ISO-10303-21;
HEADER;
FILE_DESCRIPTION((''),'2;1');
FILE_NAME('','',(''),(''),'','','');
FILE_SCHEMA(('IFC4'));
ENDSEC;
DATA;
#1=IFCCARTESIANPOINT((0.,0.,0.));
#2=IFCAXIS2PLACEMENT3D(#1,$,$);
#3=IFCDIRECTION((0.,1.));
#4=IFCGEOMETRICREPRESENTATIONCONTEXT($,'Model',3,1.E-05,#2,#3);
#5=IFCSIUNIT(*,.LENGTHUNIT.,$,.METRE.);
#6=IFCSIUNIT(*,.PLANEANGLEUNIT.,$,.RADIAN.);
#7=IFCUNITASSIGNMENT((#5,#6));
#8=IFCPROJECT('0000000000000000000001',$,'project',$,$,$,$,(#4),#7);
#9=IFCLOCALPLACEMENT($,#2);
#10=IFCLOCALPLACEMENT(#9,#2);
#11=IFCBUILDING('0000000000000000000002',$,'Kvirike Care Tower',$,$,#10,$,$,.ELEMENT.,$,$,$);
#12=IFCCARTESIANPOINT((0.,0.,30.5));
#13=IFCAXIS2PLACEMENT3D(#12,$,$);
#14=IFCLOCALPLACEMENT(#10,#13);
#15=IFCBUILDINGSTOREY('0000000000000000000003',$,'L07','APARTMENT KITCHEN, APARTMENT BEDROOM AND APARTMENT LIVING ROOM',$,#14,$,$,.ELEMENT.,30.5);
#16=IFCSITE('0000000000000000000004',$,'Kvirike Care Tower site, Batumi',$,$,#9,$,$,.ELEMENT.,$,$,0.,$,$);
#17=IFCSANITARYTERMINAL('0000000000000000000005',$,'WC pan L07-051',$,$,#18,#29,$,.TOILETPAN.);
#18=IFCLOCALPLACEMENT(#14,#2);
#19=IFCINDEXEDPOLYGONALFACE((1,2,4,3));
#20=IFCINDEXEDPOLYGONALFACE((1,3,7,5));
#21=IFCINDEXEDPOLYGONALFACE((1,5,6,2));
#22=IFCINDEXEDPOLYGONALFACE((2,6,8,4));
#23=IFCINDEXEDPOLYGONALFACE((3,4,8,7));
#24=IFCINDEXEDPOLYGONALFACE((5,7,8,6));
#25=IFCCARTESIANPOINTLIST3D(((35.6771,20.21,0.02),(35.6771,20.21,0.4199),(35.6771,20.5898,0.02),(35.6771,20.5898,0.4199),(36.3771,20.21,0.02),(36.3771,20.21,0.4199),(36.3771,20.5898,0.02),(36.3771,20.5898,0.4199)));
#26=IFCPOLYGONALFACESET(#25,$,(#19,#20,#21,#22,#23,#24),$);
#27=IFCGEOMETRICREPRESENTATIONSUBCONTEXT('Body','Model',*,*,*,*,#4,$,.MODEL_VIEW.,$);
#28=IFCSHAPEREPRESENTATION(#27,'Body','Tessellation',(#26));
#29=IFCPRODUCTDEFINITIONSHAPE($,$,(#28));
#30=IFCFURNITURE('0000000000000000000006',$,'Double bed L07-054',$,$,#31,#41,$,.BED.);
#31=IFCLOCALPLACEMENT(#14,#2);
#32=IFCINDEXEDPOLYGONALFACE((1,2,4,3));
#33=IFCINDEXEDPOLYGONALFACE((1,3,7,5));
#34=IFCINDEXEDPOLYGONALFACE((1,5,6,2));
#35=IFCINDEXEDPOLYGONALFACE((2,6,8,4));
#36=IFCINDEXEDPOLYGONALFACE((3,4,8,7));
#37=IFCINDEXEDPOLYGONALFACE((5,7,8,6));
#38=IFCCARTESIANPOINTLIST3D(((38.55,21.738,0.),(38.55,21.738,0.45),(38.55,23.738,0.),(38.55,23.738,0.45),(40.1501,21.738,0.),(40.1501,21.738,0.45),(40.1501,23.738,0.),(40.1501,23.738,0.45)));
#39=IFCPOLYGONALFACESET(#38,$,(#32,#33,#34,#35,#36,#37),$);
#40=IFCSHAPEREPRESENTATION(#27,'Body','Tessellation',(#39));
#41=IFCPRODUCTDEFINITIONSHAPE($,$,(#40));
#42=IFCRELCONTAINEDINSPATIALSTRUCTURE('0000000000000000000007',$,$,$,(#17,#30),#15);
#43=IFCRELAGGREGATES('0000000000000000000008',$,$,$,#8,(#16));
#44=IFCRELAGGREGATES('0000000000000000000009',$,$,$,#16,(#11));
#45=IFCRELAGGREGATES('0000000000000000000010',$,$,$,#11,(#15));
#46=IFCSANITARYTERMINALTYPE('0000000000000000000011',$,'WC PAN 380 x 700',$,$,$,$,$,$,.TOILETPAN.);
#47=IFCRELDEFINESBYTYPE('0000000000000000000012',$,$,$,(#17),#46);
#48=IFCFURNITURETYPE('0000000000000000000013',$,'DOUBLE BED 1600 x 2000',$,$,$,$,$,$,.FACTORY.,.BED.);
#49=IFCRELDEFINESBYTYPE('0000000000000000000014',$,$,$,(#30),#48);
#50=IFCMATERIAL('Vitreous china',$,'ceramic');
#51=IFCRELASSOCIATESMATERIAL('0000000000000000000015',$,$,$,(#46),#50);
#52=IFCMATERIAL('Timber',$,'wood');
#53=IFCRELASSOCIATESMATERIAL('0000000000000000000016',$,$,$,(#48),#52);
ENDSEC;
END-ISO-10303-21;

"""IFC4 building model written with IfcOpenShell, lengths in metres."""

from ifc_helpers import new_model, si_unit, direction, frame, origin, origin_2d, place, context, subcontext, project, spatial, rectangle, extrude, material, type_object, element, save


model = new_model("IFC4")

# Units and contexts
model_context = context("Model", 3, precision=1e-05, world=origin(), true_north=direction((0.0, 1.0)))
body_context = subcontext(model_context, "Body", "Model", "MODEL_VIEW")
ifc_project = project(units=[si_unit("LENGTHUNIT", "METRE"), si_unit("PLANEANGLEUNIT", "RADIAN")], contexts=[model_context])

# Site, building, storey
site_placement = place(None, origin())
site = spatial("IfcSite", under=ifc_project, at=site_placement, Name="Kvirike Care Tower site, Batumi", CompositionType="ELEMENT", RefElevation=0.0)
building_placement = place(site_placement, origin())
building = spatial("IfcBuilding", under=site, at=building_placement, Name="Kvirike Care Tower", CompositionType="ELEMENT")
storey_placement = place(building_placement, frame((0.0, 0.0, 30.5)))
storey = spatial("IfcBuildingStorey", under=building, at=storey_placement, Name="L07", Description="APARTMENT KITCHEN, APARTMENT BEDROOM AND APARTMENT LIVING ROOM", CompositionType="ELEMENT", Elevation=30.5)

# Sanitary terminal
ifc_material_1 = material(Name="Vitreous china", Category="ceramic")
sanitary_terminal_type_1 = type_object("IfcSanitaryTerminalType", Name="WC PAN 380 x 700", PredefinedType="TOILETPAN", material=ifc_material_1)
sanitary_terminal_1_placement = place(storey_placement, frame((36.0271, 20.3999, 0.02), z_axis=(0.0, 0.0, 1.0), x_axis=(0.0, 1.0, 0.0)))
element("IfcSanitaryTerminal", 1, at=sanitary_terminal_1_placement, inside=storey, type_object=sanitary_terminal_type_1, Name="WC pan L07-051", PredefinedType="TOILETPAN", context=body_context, shape_type="SweptSolid", body=[
    extrude(rectangle(XDim=0.3799, YDim=0.7, at=origin_2d()), origin(), (0.0, 0.0, 1.0), 0.3999),
])

# Furniture
ifc_material_2 = material(Name="Timber", Category="wood")
furniture_type = type_object("IfcFurnitureType", Name="DOUBLE BED 1600 x 2000", AssemblyPlace="FACTORY", PredefinedType="BED", material=ifc_material_2)
furniture_placement = place(storey_placement, frame((39.3501, 22.738, 0.0), z_axis=(0.0, 0.0, 1.0), x_axis=(1.0, 0.0, 0.0)))
element("IfcFurniture", 2, at=furniture_placement, inside=storey, type_object=furniture_type, Name="Double bed L07-054", PredefinedType="BED", context=body_context, shape_type="SweptSolid", body=[
    extrude(rectangle(XDim=1.6001, YDim=2.0, at=origin_2d()), origin(), (0.0, 0.0, 1.0), 0.45),
])

save(model, "model.ifc")
